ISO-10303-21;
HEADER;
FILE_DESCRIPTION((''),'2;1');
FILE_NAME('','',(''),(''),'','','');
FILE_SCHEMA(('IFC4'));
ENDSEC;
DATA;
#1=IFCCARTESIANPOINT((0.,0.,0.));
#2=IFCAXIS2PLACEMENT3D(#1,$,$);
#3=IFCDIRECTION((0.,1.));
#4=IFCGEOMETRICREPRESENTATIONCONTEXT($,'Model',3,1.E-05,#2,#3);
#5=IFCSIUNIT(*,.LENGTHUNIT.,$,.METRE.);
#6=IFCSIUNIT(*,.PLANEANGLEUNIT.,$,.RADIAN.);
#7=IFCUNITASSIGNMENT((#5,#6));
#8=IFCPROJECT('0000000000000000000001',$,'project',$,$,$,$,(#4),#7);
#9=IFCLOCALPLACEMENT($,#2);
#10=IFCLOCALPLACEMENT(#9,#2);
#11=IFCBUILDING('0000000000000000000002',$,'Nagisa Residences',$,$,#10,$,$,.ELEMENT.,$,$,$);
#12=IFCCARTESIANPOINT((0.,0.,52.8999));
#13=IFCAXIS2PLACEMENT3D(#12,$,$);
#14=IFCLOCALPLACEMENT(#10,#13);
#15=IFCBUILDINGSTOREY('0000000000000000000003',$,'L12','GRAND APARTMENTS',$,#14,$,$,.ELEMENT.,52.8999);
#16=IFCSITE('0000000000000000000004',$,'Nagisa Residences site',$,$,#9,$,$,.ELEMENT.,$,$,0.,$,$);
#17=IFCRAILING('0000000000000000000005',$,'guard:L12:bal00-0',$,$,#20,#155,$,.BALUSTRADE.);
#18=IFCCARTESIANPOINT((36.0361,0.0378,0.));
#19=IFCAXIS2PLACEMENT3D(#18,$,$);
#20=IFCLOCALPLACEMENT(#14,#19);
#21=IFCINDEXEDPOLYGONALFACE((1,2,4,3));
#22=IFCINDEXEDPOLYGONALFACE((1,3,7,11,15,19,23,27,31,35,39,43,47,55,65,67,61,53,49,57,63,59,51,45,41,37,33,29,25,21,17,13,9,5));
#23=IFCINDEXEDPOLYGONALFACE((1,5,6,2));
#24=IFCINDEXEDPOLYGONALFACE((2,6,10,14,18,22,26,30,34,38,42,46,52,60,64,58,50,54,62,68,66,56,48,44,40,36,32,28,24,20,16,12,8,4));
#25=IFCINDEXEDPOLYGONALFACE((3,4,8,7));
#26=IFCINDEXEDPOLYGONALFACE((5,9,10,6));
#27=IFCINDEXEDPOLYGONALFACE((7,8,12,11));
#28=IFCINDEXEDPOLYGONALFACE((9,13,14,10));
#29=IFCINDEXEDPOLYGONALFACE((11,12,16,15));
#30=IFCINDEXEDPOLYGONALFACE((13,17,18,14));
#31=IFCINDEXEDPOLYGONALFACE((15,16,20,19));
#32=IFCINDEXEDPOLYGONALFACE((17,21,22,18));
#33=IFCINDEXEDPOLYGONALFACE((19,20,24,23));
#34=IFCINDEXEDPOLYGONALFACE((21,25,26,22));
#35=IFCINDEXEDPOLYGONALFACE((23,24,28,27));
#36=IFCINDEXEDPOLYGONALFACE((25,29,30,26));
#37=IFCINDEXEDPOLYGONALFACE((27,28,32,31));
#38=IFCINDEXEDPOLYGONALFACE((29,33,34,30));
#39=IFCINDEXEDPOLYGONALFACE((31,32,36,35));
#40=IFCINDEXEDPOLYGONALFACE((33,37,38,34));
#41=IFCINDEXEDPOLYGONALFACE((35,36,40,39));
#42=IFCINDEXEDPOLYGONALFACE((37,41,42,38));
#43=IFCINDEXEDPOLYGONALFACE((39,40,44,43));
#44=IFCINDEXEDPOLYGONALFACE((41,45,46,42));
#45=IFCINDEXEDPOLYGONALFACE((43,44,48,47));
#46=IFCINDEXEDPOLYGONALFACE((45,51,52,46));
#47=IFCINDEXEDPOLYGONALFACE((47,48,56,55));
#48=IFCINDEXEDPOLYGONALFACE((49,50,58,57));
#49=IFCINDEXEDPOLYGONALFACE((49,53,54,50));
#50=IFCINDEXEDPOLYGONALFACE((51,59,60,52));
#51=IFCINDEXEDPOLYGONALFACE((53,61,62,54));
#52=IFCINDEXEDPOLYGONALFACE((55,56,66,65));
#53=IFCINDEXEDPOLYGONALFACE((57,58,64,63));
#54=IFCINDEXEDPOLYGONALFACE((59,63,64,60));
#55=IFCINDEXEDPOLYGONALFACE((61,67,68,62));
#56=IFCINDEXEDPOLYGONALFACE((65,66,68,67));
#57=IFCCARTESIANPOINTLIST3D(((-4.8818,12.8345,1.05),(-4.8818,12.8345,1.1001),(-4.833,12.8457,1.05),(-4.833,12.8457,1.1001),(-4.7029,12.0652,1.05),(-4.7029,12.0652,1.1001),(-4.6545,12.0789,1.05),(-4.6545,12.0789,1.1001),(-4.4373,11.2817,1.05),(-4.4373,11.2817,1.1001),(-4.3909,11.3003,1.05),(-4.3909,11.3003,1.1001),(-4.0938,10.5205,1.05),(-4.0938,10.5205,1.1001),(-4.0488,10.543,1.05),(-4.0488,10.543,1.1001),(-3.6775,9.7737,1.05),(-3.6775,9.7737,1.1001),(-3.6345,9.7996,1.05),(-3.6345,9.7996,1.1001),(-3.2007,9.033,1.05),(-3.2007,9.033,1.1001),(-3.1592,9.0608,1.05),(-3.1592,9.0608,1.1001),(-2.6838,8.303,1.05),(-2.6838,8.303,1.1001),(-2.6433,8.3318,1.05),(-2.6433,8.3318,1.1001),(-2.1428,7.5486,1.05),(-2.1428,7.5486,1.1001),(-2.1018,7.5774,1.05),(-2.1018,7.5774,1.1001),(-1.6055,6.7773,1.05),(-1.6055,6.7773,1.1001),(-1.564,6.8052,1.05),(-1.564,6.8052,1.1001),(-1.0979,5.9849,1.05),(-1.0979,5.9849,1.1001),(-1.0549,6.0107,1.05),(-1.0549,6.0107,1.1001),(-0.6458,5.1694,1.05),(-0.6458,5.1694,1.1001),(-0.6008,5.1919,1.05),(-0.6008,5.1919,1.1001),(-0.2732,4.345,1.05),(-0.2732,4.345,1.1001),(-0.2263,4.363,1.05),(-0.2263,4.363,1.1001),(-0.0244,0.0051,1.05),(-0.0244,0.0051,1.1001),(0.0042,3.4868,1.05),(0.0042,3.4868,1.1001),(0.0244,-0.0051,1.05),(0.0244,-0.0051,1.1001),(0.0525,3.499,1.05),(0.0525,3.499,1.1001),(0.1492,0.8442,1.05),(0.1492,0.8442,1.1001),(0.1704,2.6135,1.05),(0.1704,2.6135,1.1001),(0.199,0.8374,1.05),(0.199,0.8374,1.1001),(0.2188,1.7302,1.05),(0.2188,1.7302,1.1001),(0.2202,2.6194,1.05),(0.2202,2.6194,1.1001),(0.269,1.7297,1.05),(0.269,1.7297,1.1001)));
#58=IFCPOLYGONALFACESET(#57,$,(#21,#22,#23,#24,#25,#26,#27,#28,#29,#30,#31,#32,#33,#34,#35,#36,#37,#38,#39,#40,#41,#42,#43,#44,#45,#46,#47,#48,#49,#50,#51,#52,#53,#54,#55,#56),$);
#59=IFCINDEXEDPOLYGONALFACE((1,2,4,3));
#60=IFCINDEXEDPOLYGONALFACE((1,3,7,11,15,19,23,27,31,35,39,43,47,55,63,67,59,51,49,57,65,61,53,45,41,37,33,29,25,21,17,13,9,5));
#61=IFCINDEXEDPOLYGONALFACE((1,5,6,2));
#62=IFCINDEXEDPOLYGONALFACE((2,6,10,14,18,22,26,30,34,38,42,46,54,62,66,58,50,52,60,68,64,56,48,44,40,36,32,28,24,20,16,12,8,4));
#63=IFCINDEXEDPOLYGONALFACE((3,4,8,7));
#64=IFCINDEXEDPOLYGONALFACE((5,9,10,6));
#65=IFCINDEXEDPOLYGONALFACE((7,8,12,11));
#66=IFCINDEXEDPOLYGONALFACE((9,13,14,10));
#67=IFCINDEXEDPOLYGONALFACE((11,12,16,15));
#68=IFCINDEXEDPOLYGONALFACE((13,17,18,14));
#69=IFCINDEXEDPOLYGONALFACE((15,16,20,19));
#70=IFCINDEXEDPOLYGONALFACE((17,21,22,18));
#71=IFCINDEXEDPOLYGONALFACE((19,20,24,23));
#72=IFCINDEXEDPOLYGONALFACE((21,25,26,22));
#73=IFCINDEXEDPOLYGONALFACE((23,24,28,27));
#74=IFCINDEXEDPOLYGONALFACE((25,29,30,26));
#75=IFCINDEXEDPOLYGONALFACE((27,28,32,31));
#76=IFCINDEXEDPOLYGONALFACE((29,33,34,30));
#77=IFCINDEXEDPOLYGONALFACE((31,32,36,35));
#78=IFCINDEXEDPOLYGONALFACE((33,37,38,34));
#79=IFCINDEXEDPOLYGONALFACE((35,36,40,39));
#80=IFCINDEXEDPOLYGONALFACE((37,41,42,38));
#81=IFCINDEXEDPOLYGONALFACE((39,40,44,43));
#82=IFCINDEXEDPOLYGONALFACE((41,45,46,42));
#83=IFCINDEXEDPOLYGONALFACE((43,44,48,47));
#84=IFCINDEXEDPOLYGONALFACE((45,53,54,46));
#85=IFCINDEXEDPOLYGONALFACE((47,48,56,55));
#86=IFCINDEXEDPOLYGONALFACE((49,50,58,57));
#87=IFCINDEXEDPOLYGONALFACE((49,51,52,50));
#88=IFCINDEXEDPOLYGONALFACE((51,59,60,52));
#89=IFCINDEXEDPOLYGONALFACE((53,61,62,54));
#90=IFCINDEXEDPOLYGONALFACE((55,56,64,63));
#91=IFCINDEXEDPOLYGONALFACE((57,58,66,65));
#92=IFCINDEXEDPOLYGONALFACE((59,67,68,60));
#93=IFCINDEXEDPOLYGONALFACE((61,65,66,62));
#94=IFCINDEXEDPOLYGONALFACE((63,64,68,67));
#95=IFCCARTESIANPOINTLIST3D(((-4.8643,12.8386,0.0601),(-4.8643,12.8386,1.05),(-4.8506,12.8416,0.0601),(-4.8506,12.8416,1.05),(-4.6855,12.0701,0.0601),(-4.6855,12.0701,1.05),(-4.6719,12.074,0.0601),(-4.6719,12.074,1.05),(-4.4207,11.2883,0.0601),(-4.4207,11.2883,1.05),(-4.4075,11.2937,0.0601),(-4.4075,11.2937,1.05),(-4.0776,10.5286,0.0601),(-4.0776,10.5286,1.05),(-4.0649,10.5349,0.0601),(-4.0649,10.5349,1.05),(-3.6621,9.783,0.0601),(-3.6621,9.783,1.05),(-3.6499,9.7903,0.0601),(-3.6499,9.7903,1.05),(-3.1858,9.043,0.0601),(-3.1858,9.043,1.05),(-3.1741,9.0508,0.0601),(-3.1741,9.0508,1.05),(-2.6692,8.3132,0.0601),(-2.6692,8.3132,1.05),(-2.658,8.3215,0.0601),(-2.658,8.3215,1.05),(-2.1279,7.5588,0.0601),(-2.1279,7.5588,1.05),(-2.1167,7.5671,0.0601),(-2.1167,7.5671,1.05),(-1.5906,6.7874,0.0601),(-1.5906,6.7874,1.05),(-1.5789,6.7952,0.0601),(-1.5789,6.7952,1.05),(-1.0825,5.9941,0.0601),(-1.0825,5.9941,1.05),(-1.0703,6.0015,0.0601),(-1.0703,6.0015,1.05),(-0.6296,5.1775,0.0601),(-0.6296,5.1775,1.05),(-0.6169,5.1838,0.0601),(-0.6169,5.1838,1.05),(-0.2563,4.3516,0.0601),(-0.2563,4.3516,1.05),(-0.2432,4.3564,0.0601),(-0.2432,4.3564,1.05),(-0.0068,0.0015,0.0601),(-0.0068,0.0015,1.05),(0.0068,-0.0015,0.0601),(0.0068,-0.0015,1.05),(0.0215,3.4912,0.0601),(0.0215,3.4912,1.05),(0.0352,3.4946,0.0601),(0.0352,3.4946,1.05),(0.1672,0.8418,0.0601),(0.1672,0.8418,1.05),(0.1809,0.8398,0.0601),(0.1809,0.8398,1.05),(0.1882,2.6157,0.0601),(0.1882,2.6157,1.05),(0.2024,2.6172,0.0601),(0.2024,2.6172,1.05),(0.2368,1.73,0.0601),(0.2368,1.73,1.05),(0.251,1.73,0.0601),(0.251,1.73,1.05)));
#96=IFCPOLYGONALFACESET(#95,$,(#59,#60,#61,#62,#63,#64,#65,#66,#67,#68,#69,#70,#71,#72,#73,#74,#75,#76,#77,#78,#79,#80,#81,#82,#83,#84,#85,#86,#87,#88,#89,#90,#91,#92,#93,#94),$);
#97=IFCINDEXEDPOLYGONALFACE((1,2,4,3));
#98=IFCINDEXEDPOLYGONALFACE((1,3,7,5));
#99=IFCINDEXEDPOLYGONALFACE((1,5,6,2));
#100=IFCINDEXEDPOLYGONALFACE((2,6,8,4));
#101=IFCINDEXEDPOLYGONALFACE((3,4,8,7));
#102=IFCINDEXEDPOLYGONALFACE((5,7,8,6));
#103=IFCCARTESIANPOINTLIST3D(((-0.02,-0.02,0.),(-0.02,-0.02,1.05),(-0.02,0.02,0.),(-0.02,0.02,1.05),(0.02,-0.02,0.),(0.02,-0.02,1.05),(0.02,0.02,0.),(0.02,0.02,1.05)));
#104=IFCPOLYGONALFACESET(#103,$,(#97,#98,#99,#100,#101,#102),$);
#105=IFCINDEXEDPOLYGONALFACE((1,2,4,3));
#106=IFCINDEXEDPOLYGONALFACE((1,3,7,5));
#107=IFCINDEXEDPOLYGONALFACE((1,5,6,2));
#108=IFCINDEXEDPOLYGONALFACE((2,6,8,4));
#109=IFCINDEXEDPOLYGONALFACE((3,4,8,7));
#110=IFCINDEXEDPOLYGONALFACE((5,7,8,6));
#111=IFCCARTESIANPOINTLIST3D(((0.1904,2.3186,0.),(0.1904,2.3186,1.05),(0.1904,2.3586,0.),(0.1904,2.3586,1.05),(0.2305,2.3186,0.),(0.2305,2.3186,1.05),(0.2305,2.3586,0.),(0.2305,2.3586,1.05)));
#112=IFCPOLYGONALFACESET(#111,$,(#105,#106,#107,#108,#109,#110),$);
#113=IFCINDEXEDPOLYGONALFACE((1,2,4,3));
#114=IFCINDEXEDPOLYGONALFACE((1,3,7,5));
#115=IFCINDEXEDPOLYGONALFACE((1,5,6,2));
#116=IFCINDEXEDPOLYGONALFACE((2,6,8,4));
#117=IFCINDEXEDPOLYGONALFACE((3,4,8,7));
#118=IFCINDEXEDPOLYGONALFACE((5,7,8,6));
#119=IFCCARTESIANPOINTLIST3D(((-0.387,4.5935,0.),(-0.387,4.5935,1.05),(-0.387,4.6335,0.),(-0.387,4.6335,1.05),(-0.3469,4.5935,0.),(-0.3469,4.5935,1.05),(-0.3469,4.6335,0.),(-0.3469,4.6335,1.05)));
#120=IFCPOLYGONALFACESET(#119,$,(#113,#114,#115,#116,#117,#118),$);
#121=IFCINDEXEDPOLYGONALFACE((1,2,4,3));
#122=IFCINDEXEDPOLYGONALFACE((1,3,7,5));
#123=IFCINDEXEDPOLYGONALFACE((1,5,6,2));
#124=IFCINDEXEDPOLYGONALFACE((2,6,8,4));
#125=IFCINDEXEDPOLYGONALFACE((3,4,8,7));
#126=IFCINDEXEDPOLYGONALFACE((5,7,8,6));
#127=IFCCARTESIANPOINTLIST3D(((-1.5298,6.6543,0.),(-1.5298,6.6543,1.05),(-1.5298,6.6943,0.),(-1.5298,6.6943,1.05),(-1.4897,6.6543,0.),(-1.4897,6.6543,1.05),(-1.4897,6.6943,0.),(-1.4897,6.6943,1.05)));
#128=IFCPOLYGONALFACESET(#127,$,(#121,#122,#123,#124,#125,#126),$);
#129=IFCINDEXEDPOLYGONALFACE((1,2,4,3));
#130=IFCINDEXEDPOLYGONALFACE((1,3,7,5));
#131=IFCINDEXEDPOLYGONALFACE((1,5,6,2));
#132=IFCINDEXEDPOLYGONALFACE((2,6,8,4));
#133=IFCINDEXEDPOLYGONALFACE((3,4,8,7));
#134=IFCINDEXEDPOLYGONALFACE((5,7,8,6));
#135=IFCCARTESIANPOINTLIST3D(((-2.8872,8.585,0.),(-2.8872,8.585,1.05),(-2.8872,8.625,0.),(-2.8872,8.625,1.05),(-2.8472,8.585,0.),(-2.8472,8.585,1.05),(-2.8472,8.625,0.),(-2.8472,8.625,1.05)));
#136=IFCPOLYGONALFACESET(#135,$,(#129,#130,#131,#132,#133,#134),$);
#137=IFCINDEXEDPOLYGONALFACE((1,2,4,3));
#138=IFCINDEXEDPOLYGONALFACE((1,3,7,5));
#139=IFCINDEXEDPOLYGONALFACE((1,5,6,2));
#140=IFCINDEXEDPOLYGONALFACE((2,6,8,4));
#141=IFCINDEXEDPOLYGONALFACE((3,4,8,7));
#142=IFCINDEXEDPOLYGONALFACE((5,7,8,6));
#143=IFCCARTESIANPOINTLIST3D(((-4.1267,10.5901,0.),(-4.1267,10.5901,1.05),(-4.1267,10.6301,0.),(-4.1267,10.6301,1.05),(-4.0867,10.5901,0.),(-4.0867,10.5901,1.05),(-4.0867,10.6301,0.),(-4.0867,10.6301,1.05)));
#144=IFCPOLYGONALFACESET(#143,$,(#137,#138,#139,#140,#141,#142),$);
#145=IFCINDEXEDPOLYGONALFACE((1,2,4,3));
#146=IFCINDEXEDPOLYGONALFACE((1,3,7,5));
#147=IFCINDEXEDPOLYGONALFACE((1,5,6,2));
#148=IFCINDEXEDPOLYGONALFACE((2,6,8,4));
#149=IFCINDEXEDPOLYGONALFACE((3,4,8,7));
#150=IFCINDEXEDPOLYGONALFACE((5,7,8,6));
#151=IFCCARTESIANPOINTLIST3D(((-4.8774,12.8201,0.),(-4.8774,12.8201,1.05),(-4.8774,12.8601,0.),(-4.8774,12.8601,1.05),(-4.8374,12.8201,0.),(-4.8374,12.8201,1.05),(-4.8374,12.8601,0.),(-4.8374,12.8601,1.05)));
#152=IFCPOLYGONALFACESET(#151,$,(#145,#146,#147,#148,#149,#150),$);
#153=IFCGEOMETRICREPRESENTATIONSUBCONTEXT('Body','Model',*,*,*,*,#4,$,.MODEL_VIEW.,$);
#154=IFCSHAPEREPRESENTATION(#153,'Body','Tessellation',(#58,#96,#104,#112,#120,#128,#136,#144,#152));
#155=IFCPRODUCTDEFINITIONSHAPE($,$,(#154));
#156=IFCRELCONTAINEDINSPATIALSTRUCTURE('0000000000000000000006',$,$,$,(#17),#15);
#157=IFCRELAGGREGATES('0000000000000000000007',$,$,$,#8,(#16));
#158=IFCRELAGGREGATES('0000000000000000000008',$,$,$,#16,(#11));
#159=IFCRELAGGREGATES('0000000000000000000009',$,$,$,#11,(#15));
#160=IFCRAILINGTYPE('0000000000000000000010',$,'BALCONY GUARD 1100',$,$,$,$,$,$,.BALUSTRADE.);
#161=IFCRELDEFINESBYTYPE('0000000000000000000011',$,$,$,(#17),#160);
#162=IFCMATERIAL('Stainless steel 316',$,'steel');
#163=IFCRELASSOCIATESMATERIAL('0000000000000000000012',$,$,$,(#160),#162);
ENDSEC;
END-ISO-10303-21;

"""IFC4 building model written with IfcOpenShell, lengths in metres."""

from ifc_helpers import new_model, si_unit, direction, frame, origin, origin_2d, place, context, subcontext, project, spatial, polyline, rectangle, outline, extrude, material, type_object, element, save


model = new_model("IFC4")

# Units and contexts
model_context = context("Model", 3, precision=1e-05, world=origin(), true_north=direction((0.0, 1.0)))
body_context = subcontext(model_context, "Body", "Model", "MODEL_VIEW")
ifc_project = project(units=[si_unit("LENGTHUNIT", "METRE"), si_unit("PLANEANGLEUNIT", "RADIAN")], contexts=[model_context])

# Site, building, storey
site_placement = place(None, origin())
site = spatial("IfcSite", under=ifc_project, at=site_placement, Name="Nagisa Residences site", CompositionType="ELEMENT", RefElevation=0.0)
building_placement = place(site_placement, origin())
building = spatial("IfcBuilding", under=site, at=building_placement, Name="Nagisa Residences", CompositionType="ELEMENT")
storey_placement = place(building_placement, frame((0.0, 0.0, 52.8999)))
storey = spatial("IfcBuildingStorey", under=building, at=storey_placement, Name="L12", Description="GRAND APARTMENTS", CompositionType="ELEMENT", Elevation=52.8999)

# Railing
ifc_material_1 = material(Name="Stainless steel 316", Category="steel")
railing_type = type_object("IfcRailingType", Name="BALCONY GUARD 1100", PredefinedType="BALUSTRADE", material=ifc_material_1)
railing_1_placement = place(storey_placement, frame((36.0361, 0.0378, 0.0)))
element("IfcRailing", 1, at=railing_1_placement, inside=storey, type_object=railing_type, Name="guard:L12:bal00-0", PredefinedType="BALUSTRADE", context=body_context, shape_type="SweptSolid", body=[
    extrude(outline(polyline([(0.1492, 0.8442), (-0.0244, 0.0051), (0.0244, -0.0051), (0.199, 0.8374), (0.269, 1.7297), (0.2202, 2.6194), (0.0525, 3.499), (-0.2263, 4.363), (-0.6008, 5.1919), (-1.0549, 6.0107), (-1.564, 6.8052), (-2.1018, 7.5774), (-2.6433, 8.3318), (-3.1592, 9.0608), (-3.6345, 9.7996), (-4.0488, 10.543), (-4.3909, 11.3003), (-4.6545, 12.0789), (-4.833, 12.8457), (-4.8818, 12.8345), (-4.7029, 12.0652), (-4.4373, 11.2817), (-4.0938, 10.5205), (-3.6775, 9.7737), (-3.2007, 9.033), (-2.6838, 8.303), (-2.1428, 7.5486), (-1.6055, 6.7773), (-1.0979, 5.9849), (-0.6458, 5.1694), (-0.2732, 4.345), (0.0042, 3.4868), (0.1704, 2.6135), (0.2188, 1.7302), (0.1492, 0.8442)])), frame((0.0, 0.0, 1.05)), (0.0, 0.0, 1.0), 0.05),
    extrude(outline(polyline([(0.1672, 0.8418), (-0.0068, 0.0015), (0.0068, -0.0015), (0.1809, 0.8398), (0.251, 1.73), (0.2024, 2.6172), (0.0352, 3.4946), (-0.2432, 4.3564), (-0.6169, 5.1838), (-1.0703, 6.0015), (-1.5789, 6.7952), (-2.1167, 7.5671), (-2.658, 8.3215), (-3.1741, 9.0508), (-3.6499, 9.7903), (-4.0649, 10.5349), (-4.4075, 11.2937), (-4.6719, 12.074), (-4.8506, 12.8416), (-4.8643, 12.8386), (-4.6855, 12.0701), (-4.4207, 11.2883), (-4.0776, 10.5286), (-3.6621, 9.783), (-3.1858, 9.043), (-2.6692, 8.3132), (-2.1279, 7.5588), (-1.5906, 6.7874), (-1.0825, 5.9941), (-0.6296, 5.1775), (-0.2563, 4.3516), (0.0215, 3.4912), (0.1882, 2.6157), (0.2368, 1.73), (0.1672, 0.8418)])), frame((0.0, 0.0, 0.0601)), (0.0, 0.0, 1.0), 0.99),
    extrude(rectangle(XDim=0.04, YDim=0.04, at=origin_2d()), origin(), (0.0, 0.0, 1.0), 1.05),
    extrude(rectangle(XDim=0.04, YDim=0.04, at=origin_2d()), frame((0.2104, 2.3386, 0.0)), (0.0, 0.0, 1.0), 1.05),
    extrude(rectangle(XDim=0.04, YDim=0.04, at=origin_2d()), frame((-0.3669, 4.6135, 0.0)), (0.0, 0.0, 1.0), 1.05),
    extrude(rectangle(XDim=0.04, YDim=0.04, at=origin_2d()), frame((-1.5098, 6.6743, 0.0)), (0.0, 0.0, 1.0), 1.05),
    extrude(rectangle(XDim=0.04, YDim=0.04, at=origin_2d()), frame((-2.8672, 8.605, 0.0)), (0.0, 0.0, 1.0), 1.05),
    extrude(rectangle(XDim=0.04, YDim=0.04, at=origin_2d()), frame((-4.1067, 10.6101, 0.0)), (0.0, 0.0, 1.0), 1.05),
    extrude(rectangle(XDim=0.04, YDim=0.04, at=origin_2d()), frame((-4.8574, 12.8401, 0.0)), (0.0, 0.0, 1.0), 1.05),
])

save(model, "model.ifc")
